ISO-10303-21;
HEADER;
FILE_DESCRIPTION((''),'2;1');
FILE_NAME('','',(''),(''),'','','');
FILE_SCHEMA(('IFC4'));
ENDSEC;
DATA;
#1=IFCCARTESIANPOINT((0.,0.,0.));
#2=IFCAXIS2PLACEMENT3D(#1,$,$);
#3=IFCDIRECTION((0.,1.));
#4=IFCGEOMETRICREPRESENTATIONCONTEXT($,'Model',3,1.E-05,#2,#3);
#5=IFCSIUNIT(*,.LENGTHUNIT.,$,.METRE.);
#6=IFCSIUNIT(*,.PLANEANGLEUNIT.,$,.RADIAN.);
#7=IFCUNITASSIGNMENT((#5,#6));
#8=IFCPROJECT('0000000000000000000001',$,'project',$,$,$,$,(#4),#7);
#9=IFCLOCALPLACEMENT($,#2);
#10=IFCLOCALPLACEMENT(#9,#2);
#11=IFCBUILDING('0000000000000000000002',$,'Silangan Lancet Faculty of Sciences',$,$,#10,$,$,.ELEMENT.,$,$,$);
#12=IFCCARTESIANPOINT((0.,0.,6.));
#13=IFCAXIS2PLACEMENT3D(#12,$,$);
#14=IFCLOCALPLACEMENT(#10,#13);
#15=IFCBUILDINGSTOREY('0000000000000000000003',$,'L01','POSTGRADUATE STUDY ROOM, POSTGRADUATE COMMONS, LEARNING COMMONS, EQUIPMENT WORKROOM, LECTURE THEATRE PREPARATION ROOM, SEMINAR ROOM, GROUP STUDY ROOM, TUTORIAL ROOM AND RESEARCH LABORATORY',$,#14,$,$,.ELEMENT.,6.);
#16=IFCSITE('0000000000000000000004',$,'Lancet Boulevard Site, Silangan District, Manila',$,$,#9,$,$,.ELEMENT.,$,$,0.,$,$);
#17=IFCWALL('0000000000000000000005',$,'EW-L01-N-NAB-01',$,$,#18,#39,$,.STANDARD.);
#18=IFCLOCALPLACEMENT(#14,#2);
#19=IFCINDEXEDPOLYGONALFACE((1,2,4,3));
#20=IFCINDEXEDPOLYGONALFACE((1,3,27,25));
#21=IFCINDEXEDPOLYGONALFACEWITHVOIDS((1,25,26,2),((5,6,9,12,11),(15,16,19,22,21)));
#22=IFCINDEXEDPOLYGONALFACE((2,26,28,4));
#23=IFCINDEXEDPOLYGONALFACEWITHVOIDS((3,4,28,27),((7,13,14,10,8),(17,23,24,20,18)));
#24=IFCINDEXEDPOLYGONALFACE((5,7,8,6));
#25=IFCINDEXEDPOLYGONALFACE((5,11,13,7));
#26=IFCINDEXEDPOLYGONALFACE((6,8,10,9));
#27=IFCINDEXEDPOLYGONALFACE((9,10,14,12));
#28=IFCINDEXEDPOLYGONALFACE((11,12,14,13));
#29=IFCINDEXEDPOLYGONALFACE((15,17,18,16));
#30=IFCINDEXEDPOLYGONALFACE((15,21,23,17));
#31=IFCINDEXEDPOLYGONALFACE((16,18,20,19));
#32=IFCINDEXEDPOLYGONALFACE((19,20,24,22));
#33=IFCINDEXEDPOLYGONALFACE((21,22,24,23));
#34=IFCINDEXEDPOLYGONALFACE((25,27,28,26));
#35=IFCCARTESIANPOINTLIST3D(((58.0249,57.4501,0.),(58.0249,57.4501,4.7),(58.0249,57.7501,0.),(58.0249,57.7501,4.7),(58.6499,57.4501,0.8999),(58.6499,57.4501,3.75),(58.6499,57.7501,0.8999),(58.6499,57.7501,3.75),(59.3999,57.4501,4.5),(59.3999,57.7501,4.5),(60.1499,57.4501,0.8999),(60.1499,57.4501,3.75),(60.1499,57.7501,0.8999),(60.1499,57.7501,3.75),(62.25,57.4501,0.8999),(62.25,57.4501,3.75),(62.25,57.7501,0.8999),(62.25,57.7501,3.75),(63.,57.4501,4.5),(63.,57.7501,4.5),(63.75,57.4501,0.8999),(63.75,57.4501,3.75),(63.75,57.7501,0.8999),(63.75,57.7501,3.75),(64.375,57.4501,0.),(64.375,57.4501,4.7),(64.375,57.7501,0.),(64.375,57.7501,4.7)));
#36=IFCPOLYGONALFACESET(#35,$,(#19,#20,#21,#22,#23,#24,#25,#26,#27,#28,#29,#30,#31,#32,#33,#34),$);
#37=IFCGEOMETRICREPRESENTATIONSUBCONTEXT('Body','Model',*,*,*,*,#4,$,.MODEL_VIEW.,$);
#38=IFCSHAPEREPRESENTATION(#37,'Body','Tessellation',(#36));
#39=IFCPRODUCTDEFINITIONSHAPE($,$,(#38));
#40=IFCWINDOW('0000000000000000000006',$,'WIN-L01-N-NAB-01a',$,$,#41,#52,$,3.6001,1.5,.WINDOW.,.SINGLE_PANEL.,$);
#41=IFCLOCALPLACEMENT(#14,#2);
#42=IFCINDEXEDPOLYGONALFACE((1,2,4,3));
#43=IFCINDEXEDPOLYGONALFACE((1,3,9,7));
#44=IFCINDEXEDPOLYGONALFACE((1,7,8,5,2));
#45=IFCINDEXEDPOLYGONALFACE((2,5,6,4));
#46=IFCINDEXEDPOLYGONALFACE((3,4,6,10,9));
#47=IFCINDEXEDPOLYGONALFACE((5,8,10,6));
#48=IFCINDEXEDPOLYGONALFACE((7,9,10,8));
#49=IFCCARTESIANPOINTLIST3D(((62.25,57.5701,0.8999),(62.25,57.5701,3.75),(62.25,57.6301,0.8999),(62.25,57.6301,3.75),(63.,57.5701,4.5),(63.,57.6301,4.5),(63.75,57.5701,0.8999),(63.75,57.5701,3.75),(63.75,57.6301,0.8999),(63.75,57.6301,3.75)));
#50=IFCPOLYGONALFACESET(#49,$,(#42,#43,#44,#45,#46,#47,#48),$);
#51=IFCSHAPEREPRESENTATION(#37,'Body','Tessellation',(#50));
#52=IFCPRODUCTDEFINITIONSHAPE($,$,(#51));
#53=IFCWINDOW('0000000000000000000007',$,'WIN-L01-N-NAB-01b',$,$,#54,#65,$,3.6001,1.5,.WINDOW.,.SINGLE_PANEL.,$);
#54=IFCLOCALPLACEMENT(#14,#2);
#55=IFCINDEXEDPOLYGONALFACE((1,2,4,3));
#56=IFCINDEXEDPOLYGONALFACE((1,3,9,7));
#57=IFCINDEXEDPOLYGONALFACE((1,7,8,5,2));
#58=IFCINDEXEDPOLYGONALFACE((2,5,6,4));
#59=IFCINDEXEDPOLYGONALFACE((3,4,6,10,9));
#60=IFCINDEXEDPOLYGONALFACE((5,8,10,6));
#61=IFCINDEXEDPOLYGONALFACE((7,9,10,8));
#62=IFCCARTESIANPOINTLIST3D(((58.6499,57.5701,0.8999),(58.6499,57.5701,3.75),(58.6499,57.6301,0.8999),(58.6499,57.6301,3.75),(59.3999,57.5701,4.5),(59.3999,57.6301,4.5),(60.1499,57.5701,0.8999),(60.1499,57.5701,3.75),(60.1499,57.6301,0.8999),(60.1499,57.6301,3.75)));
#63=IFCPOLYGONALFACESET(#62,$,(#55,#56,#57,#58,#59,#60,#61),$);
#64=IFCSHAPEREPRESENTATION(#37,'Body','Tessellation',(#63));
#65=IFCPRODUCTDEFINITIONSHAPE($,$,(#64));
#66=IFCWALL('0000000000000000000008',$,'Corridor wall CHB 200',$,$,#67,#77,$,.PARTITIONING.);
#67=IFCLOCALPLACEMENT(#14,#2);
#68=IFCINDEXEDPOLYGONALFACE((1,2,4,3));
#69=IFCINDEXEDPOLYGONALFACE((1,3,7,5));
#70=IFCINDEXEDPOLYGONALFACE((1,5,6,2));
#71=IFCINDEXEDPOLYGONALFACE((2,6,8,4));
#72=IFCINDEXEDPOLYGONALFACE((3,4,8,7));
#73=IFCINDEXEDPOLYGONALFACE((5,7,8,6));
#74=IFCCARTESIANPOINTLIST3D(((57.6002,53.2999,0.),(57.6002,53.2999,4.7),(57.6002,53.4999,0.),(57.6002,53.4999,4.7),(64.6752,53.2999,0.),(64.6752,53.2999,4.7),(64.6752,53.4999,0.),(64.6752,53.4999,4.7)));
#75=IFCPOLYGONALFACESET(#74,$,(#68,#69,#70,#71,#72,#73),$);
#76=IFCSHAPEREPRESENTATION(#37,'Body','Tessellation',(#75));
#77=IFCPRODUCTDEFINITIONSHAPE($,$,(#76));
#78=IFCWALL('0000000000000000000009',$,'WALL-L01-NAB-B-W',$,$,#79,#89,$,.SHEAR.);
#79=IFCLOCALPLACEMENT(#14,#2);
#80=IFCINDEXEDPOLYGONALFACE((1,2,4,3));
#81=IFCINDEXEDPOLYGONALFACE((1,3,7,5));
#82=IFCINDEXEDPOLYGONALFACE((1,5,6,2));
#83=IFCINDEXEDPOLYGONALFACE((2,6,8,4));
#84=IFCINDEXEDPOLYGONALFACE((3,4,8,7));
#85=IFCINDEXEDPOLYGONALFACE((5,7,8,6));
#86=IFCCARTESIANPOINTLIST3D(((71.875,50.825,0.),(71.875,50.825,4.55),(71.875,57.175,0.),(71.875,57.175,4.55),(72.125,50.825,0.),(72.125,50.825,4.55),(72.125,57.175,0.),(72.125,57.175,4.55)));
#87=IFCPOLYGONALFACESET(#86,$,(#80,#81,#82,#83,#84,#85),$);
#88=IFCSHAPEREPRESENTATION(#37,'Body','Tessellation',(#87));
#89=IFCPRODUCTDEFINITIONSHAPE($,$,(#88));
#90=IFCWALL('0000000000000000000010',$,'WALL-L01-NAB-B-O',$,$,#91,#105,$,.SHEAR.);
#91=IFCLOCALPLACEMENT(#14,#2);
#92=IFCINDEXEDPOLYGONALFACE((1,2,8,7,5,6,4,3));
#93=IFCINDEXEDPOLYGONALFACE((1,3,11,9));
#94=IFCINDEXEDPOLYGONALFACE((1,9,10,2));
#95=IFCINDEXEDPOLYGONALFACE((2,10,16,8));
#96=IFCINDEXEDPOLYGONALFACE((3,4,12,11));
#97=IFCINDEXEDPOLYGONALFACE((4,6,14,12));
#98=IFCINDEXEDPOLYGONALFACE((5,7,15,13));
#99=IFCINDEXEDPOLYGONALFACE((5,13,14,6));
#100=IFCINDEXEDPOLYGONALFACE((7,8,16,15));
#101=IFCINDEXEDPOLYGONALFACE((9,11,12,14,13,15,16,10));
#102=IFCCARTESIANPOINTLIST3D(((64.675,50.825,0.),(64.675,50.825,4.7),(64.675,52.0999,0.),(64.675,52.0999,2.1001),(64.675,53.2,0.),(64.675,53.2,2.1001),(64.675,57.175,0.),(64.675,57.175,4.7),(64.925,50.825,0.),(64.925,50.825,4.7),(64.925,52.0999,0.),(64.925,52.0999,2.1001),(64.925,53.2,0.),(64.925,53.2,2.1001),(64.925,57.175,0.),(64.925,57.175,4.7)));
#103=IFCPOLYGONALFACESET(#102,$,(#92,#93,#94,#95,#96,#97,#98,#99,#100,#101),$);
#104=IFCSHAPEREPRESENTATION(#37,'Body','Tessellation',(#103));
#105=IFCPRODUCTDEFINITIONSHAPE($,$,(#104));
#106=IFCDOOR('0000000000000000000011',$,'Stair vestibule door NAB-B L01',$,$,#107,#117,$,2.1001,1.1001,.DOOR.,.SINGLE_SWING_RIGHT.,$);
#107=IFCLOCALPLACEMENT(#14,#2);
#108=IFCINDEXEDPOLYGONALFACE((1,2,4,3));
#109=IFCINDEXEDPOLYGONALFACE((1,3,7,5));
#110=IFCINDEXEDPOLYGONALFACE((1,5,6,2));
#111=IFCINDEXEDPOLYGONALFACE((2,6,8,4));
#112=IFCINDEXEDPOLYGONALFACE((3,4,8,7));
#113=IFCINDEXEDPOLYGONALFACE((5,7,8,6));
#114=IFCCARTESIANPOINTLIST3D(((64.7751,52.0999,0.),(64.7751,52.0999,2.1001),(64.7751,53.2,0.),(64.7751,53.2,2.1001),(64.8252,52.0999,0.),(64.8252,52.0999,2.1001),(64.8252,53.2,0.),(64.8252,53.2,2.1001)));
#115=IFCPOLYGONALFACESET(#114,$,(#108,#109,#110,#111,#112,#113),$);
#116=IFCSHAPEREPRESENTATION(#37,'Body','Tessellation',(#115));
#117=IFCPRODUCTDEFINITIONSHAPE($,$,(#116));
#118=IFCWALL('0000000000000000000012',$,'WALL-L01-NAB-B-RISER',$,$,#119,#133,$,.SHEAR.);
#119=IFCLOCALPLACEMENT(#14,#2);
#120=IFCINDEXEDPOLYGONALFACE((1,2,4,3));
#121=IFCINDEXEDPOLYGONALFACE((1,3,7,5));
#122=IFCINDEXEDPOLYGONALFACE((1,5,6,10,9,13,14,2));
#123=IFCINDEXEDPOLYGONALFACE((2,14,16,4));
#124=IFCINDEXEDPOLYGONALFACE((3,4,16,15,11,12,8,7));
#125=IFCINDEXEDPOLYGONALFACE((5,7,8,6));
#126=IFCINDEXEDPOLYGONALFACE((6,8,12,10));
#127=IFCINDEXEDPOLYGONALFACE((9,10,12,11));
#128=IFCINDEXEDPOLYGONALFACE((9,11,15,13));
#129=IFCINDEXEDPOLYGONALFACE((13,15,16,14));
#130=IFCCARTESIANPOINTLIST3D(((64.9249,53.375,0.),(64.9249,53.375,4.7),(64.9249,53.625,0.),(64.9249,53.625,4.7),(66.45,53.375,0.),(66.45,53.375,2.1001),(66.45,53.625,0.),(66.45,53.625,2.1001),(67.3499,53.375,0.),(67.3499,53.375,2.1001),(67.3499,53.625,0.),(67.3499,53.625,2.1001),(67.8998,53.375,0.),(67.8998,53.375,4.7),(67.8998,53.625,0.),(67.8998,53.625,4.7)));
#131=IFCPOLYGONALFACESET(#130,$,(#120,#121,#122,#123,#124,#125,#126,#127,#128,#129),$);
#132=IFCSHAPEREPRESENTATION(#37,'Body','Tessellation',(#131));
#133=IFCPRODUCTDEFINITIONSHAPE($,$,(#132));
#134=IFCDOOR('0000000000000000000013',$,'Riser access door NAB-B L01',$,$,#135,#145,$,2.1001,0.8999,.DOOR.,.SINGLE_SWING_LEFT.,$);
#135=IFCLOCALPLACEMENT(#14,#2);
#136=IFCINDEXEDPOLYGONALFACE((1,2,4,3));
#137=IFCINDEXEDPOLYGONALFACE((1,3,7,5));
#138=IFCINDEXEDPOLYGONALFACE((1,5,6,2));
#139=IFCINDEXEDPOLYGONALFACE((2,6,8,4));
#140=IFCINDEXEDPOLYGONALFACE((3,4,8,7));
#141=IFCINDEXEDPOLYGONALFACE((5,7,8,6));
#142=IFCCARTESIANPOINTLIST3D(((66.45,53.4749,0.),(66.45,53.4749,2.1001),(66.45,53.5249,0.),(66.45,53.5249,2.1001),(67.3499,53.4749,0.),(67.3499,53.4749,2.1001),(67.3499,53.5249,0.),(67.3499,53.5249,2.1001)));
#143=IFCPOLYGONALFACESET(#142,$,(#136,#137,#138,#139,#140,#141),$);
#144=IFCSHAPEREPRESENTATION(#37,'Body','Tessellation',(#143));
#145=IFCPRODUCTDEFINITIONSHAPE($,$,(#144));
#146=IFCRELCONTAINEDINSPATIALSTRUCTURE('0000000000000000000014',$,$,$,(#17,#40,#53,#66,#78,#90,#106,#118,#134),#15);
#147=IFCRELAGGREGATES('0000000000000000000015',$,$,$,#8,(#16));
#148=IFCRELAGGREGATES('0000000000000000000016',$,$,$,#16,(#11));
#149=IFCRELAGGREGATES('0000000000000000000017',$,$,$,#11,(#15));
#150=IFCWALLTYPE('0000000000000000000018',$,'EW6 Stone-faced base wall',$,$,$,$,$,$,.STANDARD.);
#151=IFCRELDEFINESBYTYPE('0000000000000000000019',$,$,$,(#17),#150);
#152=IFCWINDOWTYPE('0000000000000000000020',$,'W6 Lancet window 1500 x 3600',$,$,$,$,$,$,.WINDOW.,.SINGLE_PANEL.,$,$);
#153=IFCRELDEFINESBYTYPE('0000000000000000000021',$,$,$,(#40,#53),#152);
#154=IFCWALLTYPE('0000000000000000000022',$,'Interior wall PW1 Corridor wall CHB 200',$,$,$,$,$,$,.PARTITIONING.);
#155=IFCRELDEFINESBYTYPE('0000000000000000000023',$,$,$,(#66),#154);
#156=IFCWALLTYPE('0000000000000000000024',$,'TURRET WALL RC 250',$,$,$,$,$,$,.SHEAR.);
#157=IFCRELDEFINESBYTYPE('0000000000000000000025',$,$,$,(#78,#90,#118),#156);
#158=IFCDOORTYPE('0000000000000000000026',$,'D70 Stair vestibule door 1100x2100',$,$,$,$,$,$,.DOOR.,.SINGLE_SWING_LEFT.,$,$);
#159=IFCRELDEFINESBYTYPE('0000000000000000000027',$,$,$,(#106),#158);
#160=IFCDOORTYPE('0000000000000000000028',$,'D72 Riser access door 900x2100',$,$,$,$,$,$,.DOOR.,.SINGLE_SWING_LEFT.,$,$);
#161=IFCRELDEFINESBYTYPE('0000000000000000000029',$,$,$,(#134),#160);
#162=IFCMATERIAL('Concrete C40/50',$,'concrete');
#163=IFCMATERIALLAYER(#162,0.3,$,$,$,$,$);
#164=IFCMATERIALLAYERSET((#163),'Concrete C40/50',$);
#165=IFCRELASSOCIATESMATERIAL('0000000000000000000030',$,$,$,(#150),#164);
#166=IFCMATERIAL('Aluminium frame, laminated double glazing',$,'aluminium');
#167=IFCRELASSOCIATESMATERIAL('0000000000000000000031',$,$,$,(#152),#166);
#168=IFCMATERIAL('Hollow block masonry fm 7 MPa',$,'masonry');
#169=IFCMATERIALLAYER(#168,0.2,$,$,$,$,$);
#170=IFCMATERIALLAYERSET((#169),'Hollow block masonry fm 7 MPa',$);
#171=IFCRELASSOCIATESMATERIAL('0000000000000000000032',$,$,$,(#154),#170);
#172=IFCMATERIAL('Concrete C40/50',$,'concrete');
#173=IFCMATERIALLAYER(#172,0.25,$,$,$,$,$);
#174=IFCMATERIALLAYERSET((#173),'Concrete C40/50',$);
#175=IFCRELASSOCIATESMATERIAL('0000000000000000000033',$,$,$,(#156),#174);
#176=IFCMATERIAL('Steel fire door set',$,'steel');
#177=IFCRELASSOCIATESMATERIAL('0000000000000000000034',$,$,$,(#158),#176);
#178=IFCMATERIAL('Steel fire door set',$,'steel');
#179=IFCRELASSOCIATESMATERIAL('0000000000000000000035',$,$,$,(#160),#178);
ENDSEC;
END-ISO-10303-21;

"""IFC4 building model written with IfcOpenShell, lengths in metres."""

from ifc_helpers import new_model, si_unit, direction, frame, frame_2d, origin, place, context, subcontext, project, spatial, polyline, rectangle, outline, extrude, material, layer, layer_set, type_object, element, fill, save


model = new_model("IFC4")

# Units and contexts
model_context = context("Model", 3, precision=1e-05, world=origin(), true_north=direction((0.0, 1.0)))
body_context = subcontext(model_context, "Body", "Model", "MODEL_VIEW")
ifc_project = project(units=[si_unit("LENGTHUNIT", "METRE"), si_unit("PLANEANGLEUNIT", "RADIAN")], contexts=[model_context])

# Site, building, storey
site_placement = place(None, origin())
site = spatial("IfcSite", under=ifc_project, at=site_placement, Name="Lancet Boulevard Site, Silangan District, Manila", CompositionType="ELEMENT", RefElevation=0.0)
building_placement = place(site_placement, origin())
building = spatial("IfcBuilding", under=site, at=building_placement, Name="Silangan Lancet Faculty of Sciences", CompositionType="ELEMENT")
storey_placement = place(building_placement, frame((0.0, 0.0, 6.0)))
storey = spatial("IfcBuildingStorey", under=building, at=storey_placement, Name="L01", Description="POSTGRADUATE STUDY ROOM, POSTGRADUATE COMMONS, LEARNING COMMONS, EQUIPMENT WORKROOM, LECTURE THEATRE PREPARATION ROOM, SEMINAR ROOM, GROUP STUDY ROOM, TUTORIAL ROOM AND RESEARCH LABORATORY", CompositionType="ELEMENT", Elevation=6.0)

# Wall, openings, windows
ifc_material_1 = material(Name="Concrete C40/50", Category="concrete")
ifc_layer_1 = layer(ifc_material_1, 0.3)
ifc_layer_set_1 = layer_set([ifc_layer_1], Name="Concrete C40/50")
wall_type_1 = type_object("IfcWallType", Name="EW6 Stone-faced base wall", PredefinedType="STANDARD", material=ifc_layer_set_1)
wall_1_placement = place(storey_placement, frame((64.375, 57.6001, 0.0), z_axis=(0.0, 0.0, 1.0), x_axis=(-1.0, 0.0, 0.0)))
wall_1 = element("IfcWall", 1, at=wall_1_placement, inside=storey, type_object=wall_type_1, Name="EW-L01-N-NAB-01", PredefinedType="STANDARD", context=body_context, shape_type="SweptSolid", body=[
    extrude(rectangle(XDim=6.3501, YDim=0.3, at=frame_2d((3.175, 0.0))), origin(), (0.0, 0.0, 1.0), 4.7),
])
opening_1_placement = place(wall_1_placement, frame((0.625, 0.0, 0.8999)))
opening_1 = element("IfcOpeningElement", 2, at=opening_1_placement, cuts=wall_1, PredefinedType="OPENING", context=body_context, shape_type="SweptSolid", body=[
    extrude(outline(polyline([(0.0, 0.0), (1.5, 0.0), (1.5, 2.8501), (0.75, 3.6001), (0.0, 2.8501), (0.0, 0.0)])), frame((0.0, 0.1599, 0.0), z_axis=(0.0, -1.0, 0.0), x_axis=(1.0, 0.0, 0.0)), (0.0, 0.0, 1.0), 0.3201),
])
opening_2_placement = place(wall_1_placement, frame((4.2251, 0.0, 0.8999)))
opening_2 = element("IfcOpeningElement", 3, at=opening_2_placement, cuts=wall_1, PredefinedType="OPENING", context=body_context, shape_type="SweptSolid", body=[
    extrude(outline(polyline([(0.0, 0.0), (1.5, 0.0), (1.5, 2.8501), (0.75, 3.6001), (0.0, 2.8501), (0.0, 0.0)])), frame((0.0, 0.1599, 0.0), z_axis=(0.0, -1.0, 0.0), x_axis=(1.0, 0.0, 0.0)), (0.0, 0.0, 1.0), 0.3201),
])
ifc_material_2 = material(Name="Aluminium frame, laminated double glazing", Category="aluminium")
window_type_1 = type_object("IfcWindowType", Name="W6 Lancet window 1500 x 3600", PartitioningType="SINGLE_PANEL", PredefinedType="WINDOW", material=ifc_material_2)
window_1_placement = place(opening_1_placement, origin())
window_1 = element("IfcWindow", 4, at=window_1_placement, inside=storey, type_object=window_type_1, Name="WIN-L01-N-NAB-01a", OverallHeight=3.6001, OverallWidth=1.5, PartitioningType="SINGLE_PANEL", PredefinedType="WINDOW", context=body_context, shape_type="SweptSolid", body=[
    extrude(outline(polyline([(0.0, 0.0), (1.5, 0.0), (1.5, 2.8501), (0.75, 3.6001), (0.0, 2.8501), (0.0, 0.0)])), frame((0.0, 0.03, 0.0), z_axis=(0.0, -1.0, 0.0), x_axis=(1.0, 0.0, 0.0)), (0.0, 0.0, 1.0), 0.0601),
])
fill(opening_1, window_1)
window_2_placement = place(opening_2_placement, origin())
window_2 = element("IfcWindow", 5, at=window_2_placement, inside=storey, type_object=window_type_1, Name="WIN-L01-N-NAB-01b", OverallHeight=3.6001, OverallWidth=1.5, PartitioningType="SINGLE_PANEL", PredefinedType="WINDOW", context=body_context, shape_type="SweptSolid", body=[
    extrude(outline(polyline([(0.0, 0.0), (1.5, 0.0), (1.5, 2.8501), (0.75, 3.6001), (0.0, 2.8501), (0.0, 0.0)])), frame((0.0, 0.03, 0.0), z_axis=(0.0, -1.0, 0.0), x_axis=(1.0, 0.0, 0.0)), (0.0, 0.0, 1.0), 0.0601),
])
fill(opening_2, window_2)

# Walls
ifc_material_3 = material(Name="Hollow block masonry fm 7 MPa", Category="masonry")
ifc_layer_2 = layer(ifc_material_3, 0.2)
ifc_layer_set_2 = layer_set([ifc_layer_2], Name="Hollow block masonry fm 7 MPa")
wall_type_2 = type_object("IfcWallType", Name="Interior wall PW1 Corridor wall CHB 200", PredefinedType="PARTITIONING", material=ifc_layer_set_2)
wall_2_placement = place(storey_placement, frame((57.6001, 53.3999, 0.0), z_axis=(0.0, 0.0, 1.0), x_axis=(1.0, 0.0, 0.0)))
element("IfcWall", 6, at=wall_2_placement, inside=storey, type_object=wall_type_2, Name="Corridor wall CHB 200", PredefinedType="PARTITIONING", context=body_context, shape_type="SweptSolid", body=[
    extrude(rectangle(XDim=7.075, YDim=0.2, at=frame_2d((3.5376, 0.0))), origin(), (0.0, 0.0, 1.0), 4.7),
])
ifc_material_4 = material(Name="Concrete C40/50", Category="concrete")
ifc_layer_3 = layer(ifc_material_4, 0.25)
ifc_layer_set_3 = layer_set([ifc_layer_3], Name="Concrete C40/50")
wall_type_3 = type_object("IfcWallType", Name="TURRET WALL RC 250", PredefinedType="SHEAR", material=ifc_layer_set_3)
wall_3_placement = place(storey_placement, frame((72.0, 50.825, 0.0), z_axis=(0.0, 0.0, 1.0), x_axis=(0.0, 1.0, 0.0)))
element("IfcWall", 7, at=wall_3_placement, inside=storey, type_object=wall_type_3, Name="WALL-L01-NAB-B-W", PredefinedType="SHEAR", context=body_context, shape_type="SweptSolid", body=[
    extrude(rectangle(XDim=6.3501, YDim=0.25, at=frame_2d((3.175, 0.0))), origin(), (0.0, 0.0, 1.0), 4.55),
])

# Walls, openings, doors
wall_4_placement = place(storey_placement, frame((64.8, 50.825, 0.0), z_axis=(0.0, 0.0, 1.0), x_axis=(0.0, 1.0, 0.0)))
wall_4 = element("IfcWall", 8, at=wall_4_placement, inside=storey, type_object=wall_type_3, Name="WALL-L01-NAB-B-O", PredefinedType="SHEAR", context=body_context, shape_type="SweptSolid", body=[
    extrude(rectangle(XDim=6.3501, YDim=0.25, at=frame_2d((3.175, 0.0))), origin(), (0.0, 0.0, 1.0), 4.7),
])
opening_3_placement = place(wall_4_placement, frame((1.2749, 0.0, 0.0)))
opening_3 = element("IfcOpeningElement", 9, at=opening_3_placement, cuts=wall_4, PredefinedType="OPENING", context=body_context, shape_type="SweptSolid", body=[
    extrude(rectangle(XDim=1.1001, YDim=2.1001, at=frame_2d((0.55, 1.05))), frame((0.0, 0.135, 0.0), z_axis=(0.0, -1.0, 0.0), x_axis=(1.0, 0.0, 0.0)), (0.0, 0.0, 1.0), 0.27),
])
ifc_material_5 = material(Name="Steel fire door set", Category="steel")
door_type_1 = type_object("IfcDoorType", Name="D70 Stair vestibule door 1100x2100", OperationType="SINGLE_SWING_LEFT", PredefinedType="DOOR", material=ifc_material_5)
door_1_placement = place(opening_3_placement, frame((1.1001, 0.0, 0.0), z_axis=(0.0, 0.0, 1.0), x_axis=(-1.0, 0.0, 0.0)))
door_1 = element("IfcDoor", 10, at=door_1_placement, inside=storey, type_object=door_type_1, Name="Stair vestibule door NAB-B L01", OperationType="SINGLE_SWING_RIGHT", OverallHeight=2.1001, OverallWidth=1.1001, PredefinedType="DOOR", context=body_context, shape_type="SweptSolid", body=[
    extrude(rectangle(XDim=1.1001, YDim=2.1001, at=frame_2d((0.55, 1.05))), frame((0.0, 0.0251, 0.0), z_axis=(0.0, -1.0, 0.0), x_axis=(1.0, 0.0, 0.0)), (0.0, 0.0, 1.0), 0.05),
])
fill(opening_3, door_1)
wall_5_placement = place(storey_placement, frame((64.925, 53.5, 0.0), z_axis=(0.0, 0.0, 1.0), x_axis=(1.0, 0.0, 0.0)))
wall_5 = element("IfcWall", 11, at=wall_5_placement, inside=storey, type_object=wall_type_3, Name="WALL-L01-NAB-B-RISER", PredefinedType="SHEAR", context=body_context, shape_type="SweptSolid", body=[
    extrude(rectangle(XDim=2.9749, YDim=0.25, at=frame_2d((1.4873, 0.0))), origin(), (0.0, 0.0, 1.0), 4.7),
])
opening_4_placement = place(wall_5_placement, frame((1.5249, 0.0, 0.0)))
opening_4 = element("IfcOpeningElement", 12, at=opening_4_placement, cuts=wall_5, PredefinedType="OPENING", context=body_context, shape_type="SweptSolid", body=[
    extrude(rectangle(XDim=0.8999, YDim=2.1001, at=frame_2d((0.45, 1.05))), frame((0.0, 0.135, 0.0), z_axis=(0.0, -1.0, 0.0), x_axis=(1.0, 0.0, 0.0)), (0.0, 0.0, 1.0), 0.27),
])
ifc_material_6 = material(Name="Steel fire door set", Category="steel")
door_type_2 = type_object("IfcDoorType", Name="D72 Riser access door 900x2100", OperationType="SINGLE_SWING_LEFT", PredefinedType="DOOR", material=ifc_material_6)
door_2_placement = place(opening_4_placement, origin())
door_2 = element("IfcDoor", 13, at=door_2_placement, inside=storey, type_object=door_type_2, Name="Riser access door NAB-B L01", OperationType="SINGLE_SWING_LEFT", OverallHeight=2.1001, OverallWidth=0.8999, PredefinedType="DOOR", context=body_context, shape_type="SweptSolid", body=[
    extrude(rectangle(XDim=0.8999, YDim=2.1001, at=frame_2d((0.45, 1.05))), frame((0.0, 0.0249, 0.0), z_axis=(0.0, -1.0, 0.0), x_axis=(1.0, 0.0, 0.0)), (0.0, 0.0, 1.0), 0.05),
])
fill(opening_4, door_2)

save(model, "model.ifc")
